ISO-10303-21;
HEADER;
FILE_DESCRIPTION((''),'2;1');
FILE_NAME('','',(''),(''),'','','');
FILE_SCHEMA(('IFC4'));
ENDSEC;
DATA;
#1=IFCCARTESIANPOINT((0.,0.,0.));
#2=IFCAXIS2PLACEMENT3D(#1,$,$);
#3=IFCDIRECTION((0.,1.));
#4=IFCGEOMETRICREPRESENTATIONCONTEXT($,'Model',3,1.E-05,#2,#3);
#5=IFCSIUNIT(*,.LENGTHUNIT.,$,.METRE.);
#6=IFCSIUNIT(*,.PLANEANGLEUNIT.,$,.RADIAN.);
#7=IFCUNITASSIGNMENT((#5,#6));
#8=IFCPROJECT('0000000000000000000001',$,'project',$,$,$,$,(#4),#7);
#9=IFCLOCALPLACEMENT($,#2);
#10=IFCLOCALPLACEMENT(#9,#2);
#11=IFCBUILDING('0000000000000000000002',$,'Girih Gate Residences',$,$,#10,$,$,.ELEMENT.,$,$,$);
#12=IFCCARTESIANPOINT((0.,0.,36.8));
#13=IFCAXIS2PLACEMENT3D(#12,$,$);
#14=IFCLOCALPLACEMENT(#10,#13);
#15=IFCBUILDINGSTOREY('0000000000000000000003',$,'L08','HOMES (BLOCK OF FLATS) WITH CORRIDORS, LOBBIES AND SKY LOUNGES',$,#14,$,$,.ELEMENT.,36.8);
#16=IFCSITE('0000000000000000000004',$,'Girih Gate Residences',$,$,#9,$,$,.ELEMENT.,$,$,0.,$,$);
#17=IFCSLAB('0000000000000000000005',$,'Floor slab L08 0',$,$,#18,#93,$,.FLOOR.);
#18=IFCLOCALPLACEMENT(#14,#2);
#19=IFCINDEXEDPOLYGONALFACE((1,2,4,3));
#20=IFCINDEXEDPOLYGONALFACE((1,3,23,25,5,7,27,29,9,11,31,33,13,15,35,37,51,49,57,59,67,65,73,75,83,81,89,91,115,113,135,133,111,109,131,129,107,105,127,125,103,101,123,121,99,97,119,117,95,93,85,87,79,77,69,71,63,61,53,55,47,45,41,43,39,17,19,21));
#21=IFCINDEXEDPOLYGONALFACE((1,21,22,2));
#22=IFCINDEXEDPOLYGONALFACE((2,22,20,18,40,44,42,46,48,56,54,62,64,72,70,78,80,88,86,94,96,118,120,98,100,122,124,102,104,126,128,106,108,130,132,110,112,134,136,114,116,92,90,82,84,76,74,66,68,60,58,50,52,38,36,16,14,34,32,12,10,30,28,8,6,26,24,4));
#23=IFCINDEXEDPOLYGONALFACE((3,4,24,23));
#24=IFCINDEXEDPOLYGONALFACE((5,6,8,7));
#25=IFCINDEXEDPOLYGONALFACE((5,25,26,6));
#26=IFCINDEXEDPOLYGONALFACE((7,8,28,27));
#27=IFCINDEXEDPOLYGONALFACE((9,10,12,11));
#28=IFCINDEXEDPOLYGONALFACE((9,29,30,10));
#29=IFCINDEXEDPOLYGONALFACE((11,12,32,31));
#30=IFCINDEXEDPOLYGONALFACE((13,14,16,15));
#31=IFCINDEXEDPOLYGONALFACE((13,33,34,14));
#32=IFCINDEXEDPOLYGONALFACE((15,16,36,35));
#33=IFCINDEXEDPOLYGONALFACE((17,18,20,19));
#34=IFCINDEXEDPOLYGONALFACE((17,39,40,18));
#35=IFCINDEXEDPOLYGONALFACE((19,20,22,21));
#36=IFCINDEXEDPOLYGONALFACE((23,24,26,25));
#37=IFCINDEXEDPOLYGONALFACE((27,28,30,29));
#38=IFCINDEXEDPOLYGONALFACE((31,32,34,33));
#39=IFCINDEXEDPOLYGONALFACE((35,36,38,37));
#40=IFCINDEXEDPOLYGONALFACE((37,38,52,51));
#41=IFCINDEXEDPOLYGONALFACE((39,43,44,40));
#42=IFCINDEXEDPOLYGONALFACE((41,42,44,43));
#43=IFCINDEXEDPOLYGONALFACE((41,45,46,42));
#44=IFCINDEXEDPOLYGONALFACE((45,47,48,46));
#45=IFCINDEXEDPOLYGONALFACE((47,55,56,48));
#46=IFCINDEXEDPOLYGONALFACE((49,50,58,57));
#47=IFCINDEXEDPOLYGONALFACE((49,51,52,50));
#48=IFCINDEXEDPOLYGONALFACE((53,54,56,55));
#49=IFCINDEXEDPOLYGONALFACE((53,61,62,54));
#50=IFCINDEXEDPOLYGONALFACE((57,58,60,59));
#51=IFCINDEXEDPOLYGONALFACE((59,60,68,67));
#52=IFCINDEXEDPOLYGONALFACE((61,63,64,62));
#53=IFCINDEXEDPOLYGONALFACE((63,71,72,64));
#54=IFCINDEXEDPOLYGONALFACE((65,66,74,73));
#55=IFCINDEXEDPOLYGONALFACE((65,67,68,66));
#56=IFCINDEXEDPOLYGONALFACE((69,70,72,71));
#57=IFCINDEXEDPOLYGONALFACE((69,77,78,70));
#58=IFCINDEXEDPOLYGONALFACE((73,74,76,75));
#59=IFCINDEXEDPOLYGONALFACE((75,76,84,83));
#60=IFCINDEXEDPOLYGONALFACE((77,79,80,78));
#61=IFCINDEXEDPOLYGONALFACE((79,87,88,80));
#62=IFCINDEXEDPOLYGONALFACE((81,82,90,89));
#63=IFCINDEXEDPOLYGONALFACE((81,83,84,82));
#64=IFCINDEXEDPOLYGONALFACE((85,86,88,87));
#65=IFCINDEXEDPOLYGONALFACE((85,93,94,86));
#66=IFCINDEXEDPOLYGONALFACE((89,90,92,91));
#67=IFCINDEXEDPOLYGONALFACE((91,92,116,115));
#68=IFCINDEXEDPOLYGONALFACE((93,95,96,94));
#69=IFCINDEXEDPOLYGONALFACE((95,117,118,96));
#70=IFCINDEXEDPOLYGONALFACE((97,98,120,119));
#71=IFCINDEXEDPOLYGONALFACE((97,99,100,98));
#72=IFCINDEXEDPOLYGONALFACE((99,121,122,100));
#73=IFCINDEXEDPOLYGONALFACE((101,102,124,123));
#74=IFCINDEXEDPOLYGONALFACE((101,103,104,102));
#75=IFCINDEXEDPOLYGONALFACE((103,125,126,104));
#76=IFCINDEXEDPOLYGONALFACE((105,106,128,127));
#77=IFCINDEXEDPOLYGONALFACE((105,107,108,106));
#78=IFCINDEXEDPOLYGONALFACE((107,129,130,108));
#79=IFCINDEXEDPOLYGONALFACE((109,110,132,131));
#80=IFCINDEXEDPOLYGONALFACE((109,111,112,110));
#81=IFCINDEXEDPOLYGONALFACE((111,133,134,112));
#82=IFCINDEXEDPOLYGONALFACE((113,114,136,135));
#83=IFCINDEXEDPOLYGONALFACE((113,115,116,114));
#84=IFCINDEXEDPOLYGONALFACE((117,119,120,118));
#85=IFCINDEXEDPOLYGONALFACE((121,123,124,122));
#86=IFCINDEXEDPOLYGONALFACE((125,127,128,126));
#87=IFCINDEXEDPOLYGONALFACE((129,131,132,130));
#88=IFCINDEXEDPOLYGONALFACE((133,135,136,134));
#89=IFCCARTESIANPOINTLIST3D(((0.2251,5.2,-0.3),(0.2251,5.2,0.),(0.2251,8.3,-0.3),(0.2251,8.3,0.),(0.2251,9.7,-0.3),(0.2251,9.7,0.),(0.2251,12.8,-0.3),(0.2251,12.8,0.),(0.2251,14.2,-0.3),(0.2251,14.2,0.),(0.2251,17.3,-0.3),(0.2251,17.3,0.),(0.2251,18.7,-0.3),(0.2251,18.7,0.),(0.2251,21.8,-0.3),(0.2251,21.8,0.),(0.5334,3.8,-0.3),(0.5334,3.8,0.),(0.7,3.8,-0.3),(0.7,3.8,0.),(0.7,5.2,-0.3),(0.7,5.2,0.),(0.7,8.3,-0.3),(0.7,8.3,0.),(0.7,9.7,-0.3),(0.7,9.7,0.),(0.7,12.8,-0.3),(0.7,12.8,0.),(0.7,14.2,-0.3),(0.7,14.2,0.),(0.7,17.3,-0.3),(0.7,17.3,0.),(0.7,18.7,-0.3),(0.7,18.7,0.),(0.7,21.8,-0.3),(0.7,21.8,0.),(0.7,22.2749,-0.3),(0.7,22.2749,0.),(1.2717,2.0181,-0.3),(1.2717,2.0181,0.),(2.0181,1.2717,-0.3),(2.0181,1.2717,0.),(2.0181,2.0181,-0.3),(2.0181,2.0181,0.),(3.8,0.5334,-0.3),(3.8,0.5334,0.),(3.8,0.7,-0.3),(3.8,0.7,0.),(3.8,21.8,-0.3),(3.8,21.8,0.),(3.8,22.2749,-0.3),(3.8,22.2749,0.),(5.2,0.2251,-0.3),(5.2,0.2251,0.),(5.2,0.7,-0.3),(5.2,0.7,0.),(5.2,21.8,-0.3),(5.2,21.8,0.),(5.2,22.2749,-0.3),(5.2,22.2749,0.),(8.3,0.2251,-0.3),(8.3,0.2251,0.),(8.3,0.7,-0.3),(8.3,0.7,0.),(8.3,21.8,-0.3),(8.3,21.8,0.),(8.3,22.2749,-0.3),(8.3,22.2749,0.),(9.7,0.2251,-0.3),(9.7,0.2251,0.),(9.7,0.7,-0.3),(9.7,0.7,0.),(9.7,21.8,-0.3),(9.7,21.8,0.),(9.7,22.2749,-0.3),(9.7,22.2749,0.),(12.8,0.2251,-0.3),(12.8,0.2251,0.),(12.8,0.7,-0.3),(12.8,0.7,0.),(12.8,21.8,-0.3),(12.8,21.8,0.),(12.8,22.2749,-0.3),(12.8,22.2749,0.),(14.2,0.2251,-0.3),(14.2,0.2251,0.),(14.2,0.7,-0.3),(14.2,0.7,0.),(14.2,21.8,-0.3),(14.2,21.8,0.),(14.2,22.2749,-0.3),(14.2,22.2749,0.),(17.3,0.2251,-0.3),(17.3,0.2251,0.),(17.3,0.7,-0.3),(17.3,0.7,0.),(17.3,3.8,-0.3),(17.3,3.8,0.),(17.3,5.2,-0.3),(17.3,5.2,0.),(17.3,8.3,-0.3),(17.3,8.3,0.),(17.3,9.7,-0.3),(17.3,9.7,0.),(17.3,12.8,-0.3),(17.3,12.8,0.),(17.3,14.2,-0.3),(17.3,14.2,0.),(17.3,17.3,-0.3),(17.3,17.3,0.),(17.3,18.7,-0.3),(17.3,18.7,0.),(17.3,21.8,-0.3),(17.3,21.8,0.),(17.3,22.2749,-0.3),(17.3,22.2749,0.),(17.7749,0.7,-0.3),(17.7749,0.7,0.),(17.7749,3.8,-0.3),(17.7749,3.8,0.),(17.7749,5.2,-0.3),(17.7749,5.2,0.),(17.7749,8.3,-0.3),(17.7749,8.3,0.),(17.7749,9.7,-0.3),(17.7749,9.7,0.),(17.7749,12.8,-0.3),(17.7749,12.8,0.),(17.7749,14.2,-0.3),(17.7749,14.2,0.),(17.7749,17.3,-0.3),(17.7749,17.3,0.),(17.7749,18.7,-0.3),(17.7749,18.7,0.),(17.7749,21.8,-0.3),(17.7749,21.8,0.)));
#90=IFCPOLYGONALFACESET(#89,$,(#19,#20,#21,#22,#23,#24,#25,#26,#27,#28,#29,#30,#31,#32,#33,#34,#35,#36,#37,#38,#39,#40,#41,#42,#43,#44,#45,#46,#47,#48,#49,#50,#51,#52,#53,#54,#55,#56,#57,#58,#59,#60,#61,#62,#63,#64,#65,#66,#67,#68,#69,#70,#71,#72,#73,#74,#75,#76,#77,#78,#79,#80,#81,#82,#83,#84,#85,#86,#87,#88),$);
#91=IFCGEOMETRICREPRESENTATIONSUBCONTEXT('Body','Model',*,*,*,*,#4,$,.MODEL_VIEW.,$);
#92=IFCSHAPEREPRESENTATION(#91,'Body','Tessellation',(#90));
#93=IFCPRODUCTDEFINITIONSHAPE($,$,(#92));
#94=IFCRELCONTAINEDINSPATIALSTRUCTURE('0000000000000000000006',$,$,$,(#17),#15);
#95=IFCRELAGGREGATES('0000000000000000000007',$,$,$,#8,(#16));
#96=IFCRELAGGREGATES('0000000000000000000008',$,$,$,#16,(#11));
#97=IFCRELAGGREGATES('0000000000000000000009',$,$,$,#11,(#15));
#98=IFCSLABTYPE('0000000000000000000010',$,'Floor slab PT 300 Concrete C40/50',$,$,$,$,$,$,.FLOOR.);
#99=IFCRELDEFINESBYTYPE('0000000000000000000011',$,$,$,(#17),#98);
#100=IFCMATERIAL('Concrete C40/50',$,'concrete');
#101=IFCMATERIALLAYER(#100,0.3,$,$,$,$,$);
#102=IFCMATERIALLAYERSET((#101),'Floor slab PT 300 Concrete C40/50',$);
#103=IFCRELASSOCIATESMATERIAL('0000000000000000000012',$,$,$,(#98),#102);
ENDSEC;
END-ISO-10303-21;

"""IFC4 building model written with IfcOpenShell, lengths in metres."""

from ifc_helpers import new_model, si_unit, direction, frame, origin, place, context, subcontext, project, spatial, polyline, outline, extrude, material, layer, layer_set, type_object, element, save


model = new_model("IFC4")

# Units and contexts
model_context = context("Model", 3, precision=1e-05, world=origin(), true_north=direction((0.0, 1.0)))
body_context = subcontext(model_context, "Body", "Model", "MODEL_VIEW")
ifc_project = project(units=[si_unit("LENGTHUNIT", "METRE"), si_unit("PLANEANGLEUNIT", "RADIAN")], contexts=[model_context])

# Site, building, storey
site_placement = place(None, origin())
site = spatial("IfcSite", under=ifc_project, at=site_placement, Name="Girih Gate Residences", CompositionType="ELEMENT", RefElevation=0.0)
building_placement = place(site_placement, origin())
building = spatial("IfcBuilding", under=site, at=building_placement, Name="Girih Gate Residences", CompositionType="ELEMENT")
storey_placement = place(building_placement, frame((0.0, 0.0, 36.8)))
storey = spatial("IfcBuildingStorey", under=building, at=storey_placement, Name="L08", Description="HOMES (BLOCK OF FLATS) WITH CORRIDORS, LOBBIES AND SKY LOUNGES", CompositionType="ELEMENT", Elevation=36.8)

# Slab
ifc_material_1 = material(Name="Concrete C40/50", Category="concrete")
ifc_layer_1 = layer(ifc_material_1, 0.3)
ifc_layer_set_1 = layer_set([ifc_layer_1], Name="Floor slab PT 300 Concrete C40/50")
slab_type_1 = type_object("IfcSlabType", Name="Floor slab PT 300 Concrete C40/50", PredefinedType="FLOOR", material=ifc_layer_set_1)
slab_1_placement = place(storey_placement, frame((0.0, 0.0, -0.3)))
element("IfcSlab", 1, at=slab_1_placement, inside=storey, type_object=slab_type_1, Name="Floor slab L08 0", PredefinedType="FLOOR", context=body_context, shape_type="SweptSolid", body=[
    extrude(outline(polyline([(0.2251, 8.3), (0.2251, 5.2), (0.7, 5.2), (0.7, 3.8), (0.5334, 3.8), (1.2717, 2.0181), (2.0181, 2.0181), (2.0181, 1.2717), (3.8, 0.5334), (3.8, 0.7), (5.2, 0.7), (5.2, 0.2251), (8.3, 0.2251), (8.3, 0.7), (9.7, 0.7), (9.7, 0.2251), (12.8, 0.2251), (12.8, 0.7), (14.2, 0.7), (14.2, 0.2251), (17.3, 0.2251), (17.3, 0.7), (17.7749, 0.7), (17.7749, 3.8), (17.3, 3.8), (17.3, 5.2), (17.7749, 5.2), (17.7749, 8.3), (17.3, 8.3), (17.3, 9.7), (17.7749, 9.7), (17.7749, 12.8), (17.3, 12.8), (17.3, 14.2), (17.7749, 14.2), (17.7749, 17.3), (17.3, 17.3), (17.3, 18.7), (17.7749, 18.7), (17.7749, 21.8), (17.3, 21.8), (17.3, 22.2749), (14.2, 22.2749), (14.2, 21.8), (12.8, 21.8), (12.8, 22.2749), (9.7, 22.2749), (9.7, 21.8), (8.3, 21.8), (8.3, 22.2749), (5.2, 22.2749), (5.2, 21.8), (3.8, 21.8), (3.8, 22.2749), (0.7, 22.2749), (0.7, 21.8), (0.2251, 21.8), (0.2251, 18.7), (0.7, 18.7), (0.7, 17.3), (0.2251, 17.3), (0.2251, 14.2), (0.7, 14.2), (0.7, 12.8), (0.2251, 12.8), (0.2251, 9.7), (0.7, 9.7), (0.7, 8.3), (0.2251, 8.3)])), origin(), (0.0, 0.0, 1.0), 0.3),
])

save(model, "model.ifc")
